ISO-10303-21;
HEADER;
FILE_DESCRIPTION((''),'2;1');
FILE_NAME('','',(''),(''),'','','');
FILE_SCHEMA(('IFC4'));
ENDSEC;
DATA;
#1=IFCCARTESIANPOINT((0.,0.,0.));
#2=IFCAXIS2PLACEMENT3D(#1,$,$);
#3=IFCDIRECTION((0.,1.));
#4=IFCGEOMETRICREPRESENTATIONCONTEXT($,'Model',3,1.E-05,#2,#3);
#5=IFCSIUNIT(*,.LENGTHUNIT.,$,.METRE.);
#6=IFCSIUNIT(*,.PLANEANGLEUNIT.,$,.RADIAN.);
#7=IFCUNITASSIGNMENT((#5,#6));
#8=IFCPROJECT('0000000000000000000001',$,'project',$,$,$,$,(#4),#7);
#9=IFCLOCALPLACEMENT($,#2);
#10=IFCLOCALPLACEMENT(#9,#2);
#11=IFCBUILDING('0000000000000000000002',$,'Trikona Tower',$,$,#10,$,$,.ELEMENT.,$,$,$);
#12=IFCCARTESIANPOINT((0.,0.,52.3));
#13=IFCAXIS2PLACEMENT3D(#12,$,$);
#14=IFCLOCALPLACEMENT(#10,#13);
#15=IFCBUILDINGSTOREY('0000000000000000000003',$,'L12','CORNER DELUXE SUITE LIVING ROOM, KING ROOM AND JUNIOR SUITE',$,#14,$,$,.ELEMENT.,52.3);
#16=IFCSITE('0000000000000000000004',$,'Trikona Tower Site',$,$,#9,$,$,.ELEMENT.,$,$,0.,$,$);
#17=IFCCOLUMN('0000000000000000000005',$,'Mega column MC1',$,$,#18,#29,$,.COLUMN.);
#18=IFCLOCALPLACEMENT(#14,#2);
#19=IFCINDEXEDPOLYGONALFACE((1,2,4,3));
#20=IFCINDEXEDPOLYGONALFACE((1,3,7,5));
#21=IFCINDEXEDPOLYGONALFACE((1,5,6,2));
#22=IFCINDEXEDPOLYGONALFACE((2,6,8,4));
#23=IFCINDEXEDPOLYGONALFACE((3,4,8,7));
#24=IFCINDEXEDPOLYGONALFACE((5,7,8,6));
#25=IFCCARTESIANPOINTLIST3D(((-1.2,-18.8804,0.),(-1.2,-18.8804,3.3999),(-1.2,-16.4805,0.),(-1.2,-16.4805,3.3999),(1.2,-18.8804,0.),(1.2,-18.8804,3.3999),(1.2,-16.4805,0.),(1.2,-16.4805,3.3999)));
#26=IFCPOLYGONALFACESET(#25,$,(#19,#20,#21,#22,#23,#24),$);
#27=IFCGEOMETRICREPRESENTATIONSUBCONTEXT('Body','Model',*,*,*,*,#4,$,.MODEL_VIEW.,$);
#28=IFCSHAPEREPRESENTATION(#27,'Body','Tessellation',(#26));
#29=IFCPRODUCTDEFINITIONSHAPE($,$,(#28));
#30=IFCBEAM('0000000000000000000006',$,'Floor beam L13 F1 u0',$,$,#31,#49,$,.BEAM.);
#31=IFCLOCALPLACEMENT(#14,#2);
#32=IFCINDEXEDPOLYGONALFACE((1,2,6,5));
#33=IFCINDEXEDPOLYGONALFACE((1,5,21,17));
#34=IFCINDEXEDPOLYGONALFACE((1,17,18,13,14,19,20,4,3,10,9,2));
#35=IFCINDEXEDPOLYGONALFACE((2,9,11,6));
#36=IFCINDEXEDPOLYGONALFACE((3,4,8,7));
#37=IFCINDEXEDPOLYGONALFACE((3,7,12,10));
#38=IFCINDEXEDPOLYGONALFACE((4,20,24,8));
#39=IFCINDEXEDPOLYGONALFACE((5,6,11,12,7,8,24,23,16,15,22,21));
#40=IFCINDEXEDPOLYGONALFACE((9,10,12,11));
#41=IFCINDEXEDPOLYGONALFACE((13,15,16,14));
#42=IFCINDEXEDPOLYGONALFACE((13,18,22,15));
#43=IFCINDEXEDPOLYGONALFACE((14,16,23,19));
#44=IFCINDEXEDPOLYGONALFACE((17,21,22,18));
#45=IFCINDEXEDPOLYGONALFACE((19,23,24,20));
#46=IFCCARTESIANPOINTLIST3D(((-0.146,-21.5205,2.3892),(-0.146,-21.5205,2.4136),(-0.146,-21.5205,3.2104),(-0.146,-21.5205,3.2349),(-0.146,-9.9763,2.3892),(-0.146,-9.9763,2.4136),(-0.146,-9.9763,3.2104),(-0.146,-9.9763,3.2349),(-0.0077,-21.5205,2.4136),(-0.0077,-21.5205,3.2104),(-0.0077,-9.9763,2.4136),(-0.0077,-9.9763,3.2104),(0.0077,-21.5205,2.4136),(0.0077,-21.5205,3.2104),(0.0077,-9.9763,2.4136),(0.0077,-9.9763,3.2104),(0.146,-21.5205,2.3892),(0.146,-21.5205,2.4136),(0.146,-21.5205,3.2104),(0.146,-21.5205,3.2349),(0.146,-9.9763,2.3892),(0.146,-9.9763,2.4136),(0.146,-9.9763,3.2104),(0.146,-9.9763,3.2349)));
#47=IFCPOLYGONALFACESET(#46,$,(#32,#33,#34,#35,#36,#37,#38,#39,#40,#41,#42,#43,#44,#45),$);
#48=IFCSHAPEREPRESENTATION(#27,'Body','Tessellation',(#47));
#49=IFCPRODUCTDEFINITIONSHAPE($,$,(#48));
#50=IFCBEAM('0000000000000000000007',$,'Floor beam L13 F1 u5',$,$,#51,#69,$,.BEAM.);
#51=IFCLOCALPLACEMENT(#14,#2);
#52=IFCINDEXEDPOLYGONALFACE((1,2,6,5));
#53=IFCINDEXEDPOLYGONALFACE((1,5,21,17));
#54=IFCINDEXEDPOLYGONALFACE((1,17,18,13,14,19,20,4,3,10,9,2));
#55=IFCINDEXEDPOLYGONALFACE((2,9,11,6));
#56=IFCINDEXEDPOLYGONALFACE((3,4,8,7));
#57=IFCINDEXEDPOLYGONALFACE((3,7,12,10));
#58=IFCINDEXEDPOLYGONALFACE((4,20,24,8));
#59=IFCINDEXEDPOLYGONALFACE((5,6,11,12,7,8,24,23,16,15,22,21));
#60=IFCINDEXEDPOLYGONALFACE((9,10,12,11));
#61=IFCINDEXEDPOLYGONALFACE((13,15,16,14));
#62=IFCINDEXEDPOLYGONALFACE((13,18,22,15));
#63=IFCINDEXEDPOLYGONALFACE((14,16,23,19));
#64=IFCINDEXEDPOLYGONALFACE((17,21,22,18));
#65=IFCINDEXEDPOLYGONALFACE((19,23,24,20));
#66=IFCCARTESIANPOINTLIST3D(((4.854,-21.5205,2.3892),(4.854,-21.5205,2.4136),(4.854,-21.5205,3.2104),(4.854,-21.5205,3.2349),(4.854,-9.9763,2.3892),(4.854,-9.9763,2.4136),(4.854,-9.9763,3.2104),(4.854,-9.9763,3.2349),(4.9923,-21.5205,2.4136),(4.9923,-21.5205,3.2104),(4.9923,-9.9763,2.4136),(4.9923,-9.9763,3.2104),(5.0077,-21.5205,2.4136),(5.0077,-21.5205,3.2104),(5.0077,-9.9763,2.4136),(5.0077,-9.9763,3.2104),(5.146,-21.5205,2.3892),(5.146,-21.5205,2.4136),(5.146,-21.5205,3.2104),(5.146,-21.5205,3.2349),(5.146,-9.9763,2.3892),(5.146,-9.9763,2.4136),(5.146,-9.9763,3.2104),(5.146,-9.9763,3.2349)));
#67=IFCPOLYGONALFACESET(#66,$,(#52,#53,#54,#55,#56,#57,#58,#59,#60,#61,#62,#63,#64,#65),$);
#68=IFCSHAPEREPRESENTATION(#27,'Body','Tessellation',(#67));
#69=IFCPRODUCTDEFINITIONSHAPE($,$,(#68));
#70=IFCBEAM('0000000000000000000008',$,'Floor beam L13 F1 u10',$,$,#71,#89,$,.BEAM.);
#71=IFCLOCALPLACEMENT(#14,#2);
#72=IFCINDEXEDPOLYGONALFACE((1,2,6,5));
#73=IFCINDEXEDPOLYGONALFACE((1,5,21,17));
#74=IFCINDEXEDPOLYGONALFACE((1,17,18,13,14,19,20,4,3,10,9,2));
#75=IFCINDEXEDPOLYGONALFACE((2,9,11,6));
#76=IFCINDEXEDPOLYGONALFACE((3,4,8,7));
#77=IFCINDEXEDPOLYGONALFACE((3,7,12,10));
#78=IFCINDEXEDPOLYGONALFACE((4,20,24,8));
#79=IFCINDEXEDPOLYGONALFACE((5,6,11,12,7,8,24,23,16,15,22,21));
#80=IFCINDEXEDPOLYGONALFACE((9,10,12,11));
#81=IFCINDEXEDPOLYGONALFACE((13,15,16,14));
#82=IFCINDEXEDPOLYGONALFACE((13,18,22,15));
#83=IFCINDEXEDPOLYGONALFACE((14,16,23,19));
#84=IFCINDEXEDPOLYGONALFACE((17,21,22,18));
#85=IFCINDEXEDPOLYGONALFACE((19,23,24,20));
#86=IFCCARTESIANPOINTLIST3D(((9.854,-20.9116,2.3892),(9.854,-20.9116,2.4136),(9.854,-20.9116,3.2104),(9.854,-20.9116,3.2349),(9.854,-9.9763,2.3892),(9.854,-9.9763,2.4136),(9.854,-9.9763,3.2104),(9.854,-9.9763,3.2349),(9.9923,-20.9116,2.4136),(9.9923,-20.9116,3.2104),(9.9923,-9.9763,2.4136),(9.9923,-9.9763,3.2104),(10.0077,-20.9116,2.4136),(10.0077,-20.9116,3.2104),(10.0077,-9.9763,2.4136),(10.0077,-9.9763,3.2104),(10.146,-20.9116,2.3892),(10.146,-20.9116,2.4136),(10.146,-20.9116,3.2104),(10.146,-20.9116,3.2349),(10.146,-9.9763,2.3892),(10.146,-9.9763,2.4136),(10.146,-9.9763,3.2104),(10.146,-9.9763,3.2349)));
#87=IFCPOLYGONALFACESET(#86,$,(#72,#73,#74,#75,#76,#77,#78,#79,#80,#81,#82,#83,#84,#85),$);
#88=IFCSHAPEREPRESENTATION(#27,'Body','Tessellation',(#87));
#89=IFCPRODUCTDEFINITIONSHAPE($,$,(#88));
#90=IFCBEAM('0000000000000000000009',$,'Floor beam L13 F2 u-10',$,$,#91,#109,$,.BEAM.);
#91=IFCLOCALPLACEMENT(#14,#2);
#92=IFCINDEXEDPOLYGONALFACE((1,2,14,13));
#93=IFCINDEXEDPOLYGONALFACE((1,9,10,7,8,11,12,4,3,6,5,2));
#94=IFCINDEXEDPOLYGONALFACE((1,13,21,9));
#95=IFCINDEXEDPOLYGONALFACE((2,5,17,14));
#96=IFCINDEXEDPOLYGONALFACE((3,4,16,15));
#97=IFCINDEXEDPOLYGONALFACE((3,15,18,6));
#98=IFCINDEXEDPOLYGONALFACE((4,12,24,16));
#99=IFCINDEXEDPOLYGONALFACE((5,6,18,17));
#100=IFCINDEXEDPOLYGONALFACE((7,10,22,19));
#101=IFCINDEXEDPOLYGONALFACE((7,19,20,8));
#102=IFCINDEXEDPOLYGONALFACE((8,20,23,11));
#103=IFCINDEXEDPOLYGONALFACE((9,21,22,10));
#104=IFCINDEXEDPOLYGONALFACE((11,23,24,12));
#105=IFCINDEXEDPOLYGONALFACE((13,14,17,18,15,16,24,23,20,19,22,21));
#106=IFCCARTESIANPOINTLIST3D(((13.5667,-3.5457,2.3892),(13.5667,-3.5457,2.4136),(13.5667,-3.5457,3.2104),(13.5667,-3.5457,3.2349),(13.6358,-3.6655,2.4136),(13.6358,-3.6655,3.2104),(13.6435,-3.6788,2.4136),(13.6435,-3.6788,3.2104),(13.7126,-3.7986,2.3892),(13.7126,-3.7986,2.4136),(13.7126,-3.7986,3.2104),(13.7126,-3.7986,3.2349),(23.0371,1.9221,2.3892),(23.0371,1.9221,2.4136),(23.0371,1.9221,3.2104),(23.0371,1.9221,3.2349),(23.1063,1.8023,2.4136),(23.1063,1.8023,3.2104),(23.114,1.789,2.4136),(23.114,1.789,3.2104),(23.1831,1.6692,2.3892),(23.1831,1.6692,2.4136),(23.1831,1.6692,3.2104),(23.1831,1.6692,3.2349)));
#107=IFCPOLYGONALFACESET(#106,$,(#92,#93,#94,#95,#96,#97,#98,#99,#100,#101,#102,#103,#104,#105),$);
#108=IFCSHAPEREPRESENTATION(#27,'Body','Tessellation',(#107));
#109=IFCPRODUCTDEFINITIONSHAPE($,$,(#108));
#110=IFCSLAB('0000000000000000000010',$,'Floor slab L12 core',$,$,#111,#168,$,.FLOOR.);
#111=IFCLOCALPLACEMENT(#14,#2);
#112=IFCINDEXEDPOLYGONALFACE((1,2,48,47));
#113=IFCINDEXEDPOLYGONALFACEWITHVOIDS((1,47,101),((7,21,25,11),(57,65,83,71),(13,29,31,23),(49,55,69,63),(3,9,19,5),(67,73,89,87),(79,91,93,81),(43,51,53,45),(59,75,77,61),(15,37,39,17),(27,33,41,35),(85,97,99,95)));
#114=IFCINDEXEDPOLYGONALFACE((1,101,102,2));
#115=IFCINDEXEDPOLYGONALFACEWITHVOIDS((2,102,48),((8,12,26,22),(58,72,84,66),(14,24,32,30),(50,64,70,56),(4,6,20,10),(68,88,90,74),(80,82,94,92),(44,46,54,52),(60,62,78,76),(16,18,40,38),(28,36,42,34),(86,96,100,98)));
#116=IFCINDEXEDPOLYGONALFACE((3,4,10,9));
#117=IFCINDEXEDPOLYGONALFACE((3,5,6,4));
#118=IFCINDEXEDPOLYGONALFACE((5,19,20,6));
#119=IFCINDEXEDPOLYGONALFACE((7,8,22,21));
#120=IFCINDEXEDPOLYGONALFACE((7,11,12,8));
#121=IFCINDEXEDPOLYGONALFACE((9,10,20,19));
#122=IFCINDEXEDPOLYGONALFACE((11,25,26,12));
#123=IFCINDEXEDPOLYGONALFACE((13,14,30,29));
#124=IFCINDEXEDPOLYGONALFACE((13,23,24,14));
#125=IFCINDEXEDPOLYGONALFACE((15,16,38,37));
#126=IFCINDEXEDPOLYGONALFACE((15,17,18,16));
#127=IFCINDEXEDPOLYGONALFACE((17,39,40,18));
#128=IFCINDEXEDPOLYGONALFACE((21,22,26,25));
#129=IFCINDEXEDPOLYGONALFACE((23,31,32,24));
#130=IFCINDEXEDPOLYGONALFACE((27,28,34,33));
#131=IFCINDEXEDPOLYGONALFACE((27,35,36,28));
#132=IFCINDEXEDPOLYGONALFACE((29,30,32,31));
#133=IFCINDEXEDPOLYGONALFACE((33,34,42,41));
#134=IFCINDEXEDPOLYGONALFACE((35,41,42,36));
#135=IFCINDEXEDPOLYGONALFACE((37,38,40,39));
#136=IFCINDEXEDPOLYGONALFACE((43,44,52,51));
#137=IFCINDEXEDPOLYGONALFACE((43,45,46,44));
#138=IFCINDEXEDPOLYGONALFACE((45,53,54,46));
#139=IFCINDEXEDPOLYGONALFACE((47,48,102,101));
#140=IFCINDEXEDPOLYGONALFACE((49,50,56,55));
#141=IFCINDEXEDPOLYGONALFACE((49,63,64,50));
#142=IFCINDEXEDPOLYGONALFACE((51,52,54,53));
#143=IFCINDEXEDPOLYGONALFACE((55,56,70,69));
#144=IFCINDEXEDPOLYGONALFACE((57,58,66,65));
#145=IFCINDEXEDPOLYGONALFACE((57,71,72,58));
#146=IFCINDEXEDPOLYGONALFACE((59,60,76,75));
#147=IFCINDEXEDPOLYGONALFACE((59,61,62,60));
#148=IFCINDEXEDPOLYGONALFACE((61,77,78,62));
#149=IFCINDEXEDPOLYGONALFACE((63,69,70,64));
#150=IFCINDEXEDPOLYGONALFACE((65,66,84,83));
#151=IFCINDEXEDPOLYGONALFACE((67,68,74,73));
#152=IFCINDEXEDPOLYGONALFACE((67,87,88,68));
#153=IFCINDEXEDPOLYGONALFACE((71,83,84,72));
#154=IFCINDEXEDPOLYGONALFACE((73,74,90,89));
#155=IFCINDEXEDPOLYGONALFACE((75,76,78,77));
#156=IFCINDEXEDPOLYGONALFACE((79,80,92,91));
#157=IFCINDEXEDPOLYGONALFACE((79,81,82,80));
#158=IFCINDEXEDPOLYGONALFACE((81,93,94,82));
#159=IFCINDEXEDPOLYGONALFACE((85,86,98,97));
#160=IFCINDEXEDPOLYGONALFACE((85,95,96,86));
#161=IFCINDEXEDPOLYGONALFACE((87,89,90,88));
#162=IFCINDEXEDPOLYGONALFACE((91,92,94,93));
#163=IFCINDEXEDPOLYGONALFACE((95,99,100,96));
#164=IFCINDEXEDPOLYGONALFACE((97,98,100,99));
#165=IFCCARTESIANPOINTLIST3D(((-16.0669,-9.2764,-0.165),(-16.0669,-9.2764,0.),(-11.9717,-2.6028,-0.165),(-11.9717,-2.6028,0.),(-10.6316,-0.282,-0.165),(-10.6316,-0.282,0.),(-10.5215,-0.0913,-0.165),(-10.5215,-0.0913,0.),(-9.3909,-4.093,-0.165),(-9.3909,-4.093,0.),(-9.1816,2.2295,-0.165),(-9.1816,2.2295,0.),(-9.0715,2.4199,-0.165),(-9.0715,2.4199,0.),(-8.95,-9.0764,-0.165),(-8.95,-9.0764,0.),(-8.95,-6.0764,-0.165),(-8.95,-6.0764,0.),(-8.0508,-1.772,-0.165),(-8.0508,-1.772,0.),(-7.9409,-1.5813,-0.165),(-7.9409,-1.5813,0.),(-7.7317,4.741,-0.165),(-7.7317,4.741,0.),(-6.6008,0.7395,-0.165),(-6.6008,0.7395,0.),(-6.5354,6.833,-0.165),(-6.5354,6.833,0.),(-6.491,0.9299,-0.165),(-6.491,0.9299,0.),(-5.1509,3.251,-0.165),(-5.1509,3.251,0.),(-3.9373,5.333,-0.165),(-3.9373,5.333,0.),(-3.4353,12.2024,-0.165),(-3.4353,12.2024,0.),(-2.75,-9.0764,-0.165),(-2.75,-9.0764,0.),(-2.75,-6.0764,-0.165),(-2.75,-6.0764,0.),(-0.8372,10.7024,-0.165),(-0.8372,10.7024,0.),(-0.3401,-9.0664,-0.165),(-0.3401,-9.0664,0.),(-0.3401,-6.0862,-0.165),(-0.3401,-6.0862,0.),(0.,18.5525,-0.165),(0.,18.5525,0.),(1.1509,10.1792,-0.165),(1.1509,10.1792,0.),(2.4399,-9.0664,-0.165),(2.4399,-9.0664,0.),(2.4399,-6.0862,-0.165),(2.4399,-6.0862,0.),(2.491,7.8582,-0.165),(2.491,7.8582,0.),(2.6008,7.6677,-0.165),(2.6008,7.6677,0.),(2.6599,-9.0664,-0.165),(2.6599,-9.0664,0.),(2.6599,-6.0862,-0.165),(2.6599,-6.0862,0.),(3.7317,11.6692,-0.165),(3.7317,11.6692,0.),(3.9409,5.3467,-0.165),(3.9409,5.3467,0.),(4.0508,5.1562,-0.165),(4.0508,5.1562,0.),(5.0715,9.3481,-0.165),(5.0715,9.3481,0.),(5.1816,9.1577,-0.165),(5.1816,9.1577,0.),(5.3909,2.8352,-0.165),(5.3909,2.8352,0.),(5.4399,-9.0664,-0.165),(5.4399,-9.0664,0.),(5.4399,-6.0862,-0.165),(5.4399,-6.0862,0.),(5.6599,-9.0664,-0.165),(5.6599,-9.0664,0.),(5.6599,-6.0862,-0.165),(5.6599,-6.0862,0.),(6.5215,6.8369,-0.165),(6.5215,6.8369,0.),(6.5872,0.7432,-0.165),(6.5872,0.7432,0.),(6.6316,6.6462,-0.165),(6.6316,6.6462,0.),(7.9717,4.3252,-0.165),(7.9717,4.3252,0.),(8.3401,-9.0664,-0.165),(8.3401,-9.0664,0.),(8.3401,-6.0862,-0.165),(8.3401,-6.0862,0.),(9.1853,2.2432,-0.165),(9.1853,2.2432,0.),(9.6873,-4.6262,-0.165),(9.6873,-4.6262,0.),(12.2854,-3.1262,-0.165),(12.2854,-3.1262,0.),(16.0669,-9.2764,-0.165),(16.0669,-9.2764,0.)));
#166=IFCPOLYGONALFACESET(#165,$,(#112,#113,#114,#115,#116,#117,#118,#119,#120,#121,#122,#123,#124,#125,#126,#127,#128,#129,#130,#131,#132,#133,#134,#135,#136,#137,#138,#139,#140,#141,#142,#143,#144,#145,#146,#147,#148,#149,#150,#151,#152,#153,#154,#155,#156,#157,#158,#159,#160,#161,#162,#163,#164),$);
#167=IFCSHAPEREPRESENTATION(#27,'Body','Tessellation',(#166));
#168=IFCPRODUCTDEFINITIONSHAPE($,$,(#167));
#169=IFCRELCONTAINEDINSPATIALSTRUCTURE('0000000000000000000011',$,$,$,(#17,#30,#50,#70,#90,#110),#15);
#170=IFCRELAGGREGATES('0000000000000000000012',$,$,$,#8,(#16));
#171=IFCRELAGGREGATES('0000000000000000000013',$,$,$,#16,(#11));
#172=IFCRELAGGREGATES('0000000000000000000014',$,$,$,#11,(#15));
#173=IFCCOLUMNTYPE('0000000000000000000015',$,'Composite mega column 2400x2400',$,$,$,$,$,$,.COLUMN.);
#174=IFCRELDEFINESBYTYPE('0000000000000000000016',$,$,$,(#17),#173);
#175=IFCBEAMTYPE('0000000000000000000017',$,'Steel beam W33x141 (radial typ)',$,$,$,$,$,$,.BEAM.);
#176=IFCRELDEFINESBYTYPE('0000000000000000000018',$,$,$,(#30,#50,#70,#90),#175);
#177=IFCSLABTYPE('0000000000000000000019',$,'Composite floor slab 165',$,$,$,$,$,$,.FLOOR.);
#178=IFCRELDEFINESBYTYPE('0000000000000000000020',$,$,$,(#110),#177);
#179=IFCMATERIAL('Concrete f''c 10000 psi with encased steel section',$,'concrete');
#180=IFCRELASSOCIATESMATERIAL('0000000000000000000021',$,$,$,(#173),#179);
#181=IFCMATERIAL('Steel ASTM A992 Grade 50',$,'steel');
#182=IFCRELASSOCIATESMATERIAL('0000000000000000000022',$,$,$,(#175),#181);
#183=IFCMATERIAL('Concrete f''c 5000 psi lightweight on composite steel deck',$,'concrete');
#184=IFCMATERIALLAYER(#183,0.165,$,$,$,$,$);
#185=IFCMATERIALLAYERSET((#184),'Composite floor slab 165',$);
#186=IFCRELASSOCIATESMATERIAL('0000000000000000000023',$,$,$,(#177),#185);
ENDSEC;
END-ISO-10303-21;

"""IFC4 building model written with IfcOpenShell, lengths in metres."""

from ifc_helpers import new_model, si_unit, direction, frame, origin, origin_2d, place, context, subcontext, project, spatial, polyline, rectangle, i_section, outline, extrude, material, layer, layer_set, material_profile, profile_set, type_object, element, save


model = new_model("IFC4")

# Units and contexts
model_context = context("Model", 3, precision=1e-05, world=origin(), true_north=direction((0.0, 1.0)))
body_context = subcontext(model_context, "Body", "Model", "MODEL_VIEW")
ifc_project = project(units=[si_unit("LENGTHUNIT", "METRE"), si_unit("PLANEANGLEUNIT", "RADIAN")], contexts=[model_context])

# Site, building, storey
site_placement = place(None, origin())
site = spatial("IfcSite", under=ifc_project, at=site_placement, Name="Trikona Tower Site", CompositionType="ELEMENT", RefElevation=0.0)
building_placement = place(site_placement, origin())
building = spatial("IfcBuilding", under=site, at=building_placement, Name="Trikona Tower", CompositionType="ELEMENT")
storey_placement = place(building_placement, frame((0.0, 0.0, 52.3)))
storey = spatial("IfcBuildingStorey", under=building, at=storey_placement, Name="L12", Description="CORNER DELUXE SUITE LIVING ROOM, KING ROOM AND JUNIOR SUITE", CompositionType="ELEMENT", Elevation=52.3)

# Column
ifc_material_1 = material(Name="Concrete f'c 10000 psi with encased steel section", Category="concrete")
ifc_material_profile_1 = material_profile(ifc_material_1, rectangle(XDim=2.3999, YDim=2.3999, at=origin_2d()), Name="MC2400")
ifc_profile_set_1 = profile_set([ifc_material_profile_1], Name="Concrete f'c 10000 psi with encased steel section")
column_type = type_object("IfcColumnType", Name="Composite mega column 2400x2400", PredefinedType="COLUMN", material=ifc_profile_set_1)
column_placement = place(storey_placement, frame((0.0, -17.6804, 0.0), z_axis=(0.0, 0.0, 1.0), x_axis=(0.0, -1.0, 0.0)))
element("IfcColumn", 1, at=column_placement, inside=storey, type_object=column_type, Name="Mega column MC1", PredefinedType="COLUMN", context=body_context, shape_type="SweptSolid", body=[
    extrude(rectangle(XDim=2.3999, YDim=2.3999, at=origin_2d()), origin(), (0.0, 0.0, 1.0), 3.3999),
])

# Beams
ifc_material_2 = material(Name="Steel ASTM A992 Grade 50", Category="steel")
ifc_material_profile_2 = material_profile(ifc_material_2, i_section(OverallWidth=0.292, OverallDepth=0.8457, WebThickness=0.0154, FlangeThickness=0.0244, at=origin_2d()), Name="W33X141")
ifc_profile_set_2 = profile_set([ifc_material_profile_2], Name="Steel ASTM A992 Grade 50")
beam_type = type_object("IfcBeamType", Name="Steel beam W33x141 (radial typ)", PredefinedType="BEAM", material=ifc_profile_set_2)
for number, where, z_axis, x_axis, name in (
    (2, (0.0, -9.9763, 2.812), (0.0, -1.0, 0.0), (1.0, 0.0, 0.0), "Floor beam L13 F1 u0"),
    (3, (5.0, -9.9763, 2.812), (0.0, -1.0, 0.0), (1.0, 0.0, 0.0), "Floor beam L13 F1 u5"),
):
    element("IfcBeam", number, at=place(storey_placement, frame(where, z_axis=z_axis, x_axis=x_axis)), inside=storey, type_object=beam_type, Name=name, PredefinedType="BEAM", context=body_context, shape_type="SweptSolid", body=[
        extrude(i_section(OverallWidth=0.292, OverallDepth=0.8457, WebThickness=0.0154, FlangeThickness=0.0244, at=origin_2d()), origin(), (0.0, 0.0, 1.0), 11.5442),
    ])
beam_1_placement = place(storey_placement, frame((10.0, -9.9763, 2.812), z_axis=(0.0, -1.0, 0.0), x_axis=(1.0, 0.0, 0.0)))
element("IfcBeam", 4, at=beam_1_placement, inside=storey, type_object=beam_type, Name="Floor beam L13 F1 u10", PredefinedType="BEAM", context=body_context, shape_type="SweptSolid", body=[
    extrude(i_section(OverallWidth=0.292, OverallDepth=0.8457, WebThickness=0.0154, FlangeThickness=0.0244, at=origin_2d()), origin(), (0.0, 0.0, 1.0), 10.9353),
])
beam_2_placement = place(storey_placement, frame((13.6396, -3.6721, 2.812), z_axis=(0.866025, 0.5, 0.0), x_axis=(-0.5, 0.866025, 0.0)))
element("IfcBeam", 5, at=beam_2_placement, inside=storey, type_object=beam_type, Name="Floor beam L13 F2 u-10", PredefinedType="BEAM", context=body_context, shape_type="SweptSolid", body=[
    extrude(i_section(OverallWidth=0.292, OverallDepth=0.8457, WebThickness=0.0154, FlangeThickness=0.0244, at=origin_2d()), origin(), (0.0, 0.0, 1.0), 10.9355),
])

# Slab
ifc_material_3 = material(Name="Concrete f'c 5000 psi lightweight on composite steel deck", Category="concrete")
ifc_layer_1 = layer(ifc_material_3, 0.165)
ifc_layer_set_1 = layer_set([ifc_layer_1], Name="Composite floor slab 165")
slab_type = type_object("IfcSlabType", Name="Composite floor slab 165", PredefinedType="FLOOR", material=ifc_layer_set_1)
slab_1_placement = place(storey_placement, frame((0.0, 0.0, -0.165)))
element("IfcSlab", 6, at=slab_1_placement, inside=storey, type_object=slab_type, Name="Floor slab L12 core", PredefinedType="FLOOR", context=body_context, shape_type="SweptSolid", body=[
    extrude(outline(polyline([(-16.0669, -9.2764), (16.0669, -9.2764), (0.0, 18.5525), (-16.0669, -9.2764)]), holes=[polyline([(12.2854, -3.1262), (9.1853, 2.2432), (6.5872, 0.7432), (9.6873, -4.6262), (12.2854, -3.1262)]), polyline([(8.3401, -9.0664), (8.3401, -6.0862), (5.6599, -6.0862), (5.6599, -9.0664), (8.3401, -9.0664)]), polyline([(5.3909, 2.8352), (7.9717, 4.3252), (6.6316, 6.6462), (4.0508, 5.1562), (5.3909, 2.8352)]), polyline([(2.6008, 7.6677), (3.9409, 5.3467), (6.5215, 6.8369), (5.1816, 9.1577), (2.6008, 7.6677)]), polyline([(5.4399, -6.0862), (2.6599, -6.0862), (2.6599, -9.0664), (5.4399, -9.0664), (5.4399, -6.0862)]), polyline([(3.7317, 11.6692), (1.1509, 10.1792), (2.491, 7.8582), (5.0715, 9.3481), (3.7317, 11.6692)]), polyline([(-0.3401, -6.0862), (-0.3401, -9.0664), (2.4399, -9.0664), (2.4399, -6.0862), (-0.3401, -6.0862)]), polyline([(-3.4353, 12.2024), (-6.5354, 6.833), (-3.9373, 5.333), (-0.8372, 10.7024), (-3.4353, 12.2024)]), polyline([(-8.95, -9.0764), (-2.75, -9.0764), (-2.75, -6.0764), (-8.95, -6.0764), (-8.95, -9.0764)]), polyline([(-5.1509, 3.251), (-7.7317, 4.741), (-9.0715, 2.4199), (-6.491, 0.9299), (-5.1509, 3.251)]), polyline([(-7.9409, -1.5813), (-6.6008, 0.7395), (-9.1816, 2.2295), (-10.5215, -0.0913), (-7.9409, -1.5813)]), polyline([(-11.9717, -2.6028), (-9.3909, -4.093), (-8.0508, -1.772), (-10.6316, -0.282), (-11.9717, -2.6028)])]), origin(), (0.0, 0.0, 1.0), 0.165),
])

save(model, "model.ifc")
